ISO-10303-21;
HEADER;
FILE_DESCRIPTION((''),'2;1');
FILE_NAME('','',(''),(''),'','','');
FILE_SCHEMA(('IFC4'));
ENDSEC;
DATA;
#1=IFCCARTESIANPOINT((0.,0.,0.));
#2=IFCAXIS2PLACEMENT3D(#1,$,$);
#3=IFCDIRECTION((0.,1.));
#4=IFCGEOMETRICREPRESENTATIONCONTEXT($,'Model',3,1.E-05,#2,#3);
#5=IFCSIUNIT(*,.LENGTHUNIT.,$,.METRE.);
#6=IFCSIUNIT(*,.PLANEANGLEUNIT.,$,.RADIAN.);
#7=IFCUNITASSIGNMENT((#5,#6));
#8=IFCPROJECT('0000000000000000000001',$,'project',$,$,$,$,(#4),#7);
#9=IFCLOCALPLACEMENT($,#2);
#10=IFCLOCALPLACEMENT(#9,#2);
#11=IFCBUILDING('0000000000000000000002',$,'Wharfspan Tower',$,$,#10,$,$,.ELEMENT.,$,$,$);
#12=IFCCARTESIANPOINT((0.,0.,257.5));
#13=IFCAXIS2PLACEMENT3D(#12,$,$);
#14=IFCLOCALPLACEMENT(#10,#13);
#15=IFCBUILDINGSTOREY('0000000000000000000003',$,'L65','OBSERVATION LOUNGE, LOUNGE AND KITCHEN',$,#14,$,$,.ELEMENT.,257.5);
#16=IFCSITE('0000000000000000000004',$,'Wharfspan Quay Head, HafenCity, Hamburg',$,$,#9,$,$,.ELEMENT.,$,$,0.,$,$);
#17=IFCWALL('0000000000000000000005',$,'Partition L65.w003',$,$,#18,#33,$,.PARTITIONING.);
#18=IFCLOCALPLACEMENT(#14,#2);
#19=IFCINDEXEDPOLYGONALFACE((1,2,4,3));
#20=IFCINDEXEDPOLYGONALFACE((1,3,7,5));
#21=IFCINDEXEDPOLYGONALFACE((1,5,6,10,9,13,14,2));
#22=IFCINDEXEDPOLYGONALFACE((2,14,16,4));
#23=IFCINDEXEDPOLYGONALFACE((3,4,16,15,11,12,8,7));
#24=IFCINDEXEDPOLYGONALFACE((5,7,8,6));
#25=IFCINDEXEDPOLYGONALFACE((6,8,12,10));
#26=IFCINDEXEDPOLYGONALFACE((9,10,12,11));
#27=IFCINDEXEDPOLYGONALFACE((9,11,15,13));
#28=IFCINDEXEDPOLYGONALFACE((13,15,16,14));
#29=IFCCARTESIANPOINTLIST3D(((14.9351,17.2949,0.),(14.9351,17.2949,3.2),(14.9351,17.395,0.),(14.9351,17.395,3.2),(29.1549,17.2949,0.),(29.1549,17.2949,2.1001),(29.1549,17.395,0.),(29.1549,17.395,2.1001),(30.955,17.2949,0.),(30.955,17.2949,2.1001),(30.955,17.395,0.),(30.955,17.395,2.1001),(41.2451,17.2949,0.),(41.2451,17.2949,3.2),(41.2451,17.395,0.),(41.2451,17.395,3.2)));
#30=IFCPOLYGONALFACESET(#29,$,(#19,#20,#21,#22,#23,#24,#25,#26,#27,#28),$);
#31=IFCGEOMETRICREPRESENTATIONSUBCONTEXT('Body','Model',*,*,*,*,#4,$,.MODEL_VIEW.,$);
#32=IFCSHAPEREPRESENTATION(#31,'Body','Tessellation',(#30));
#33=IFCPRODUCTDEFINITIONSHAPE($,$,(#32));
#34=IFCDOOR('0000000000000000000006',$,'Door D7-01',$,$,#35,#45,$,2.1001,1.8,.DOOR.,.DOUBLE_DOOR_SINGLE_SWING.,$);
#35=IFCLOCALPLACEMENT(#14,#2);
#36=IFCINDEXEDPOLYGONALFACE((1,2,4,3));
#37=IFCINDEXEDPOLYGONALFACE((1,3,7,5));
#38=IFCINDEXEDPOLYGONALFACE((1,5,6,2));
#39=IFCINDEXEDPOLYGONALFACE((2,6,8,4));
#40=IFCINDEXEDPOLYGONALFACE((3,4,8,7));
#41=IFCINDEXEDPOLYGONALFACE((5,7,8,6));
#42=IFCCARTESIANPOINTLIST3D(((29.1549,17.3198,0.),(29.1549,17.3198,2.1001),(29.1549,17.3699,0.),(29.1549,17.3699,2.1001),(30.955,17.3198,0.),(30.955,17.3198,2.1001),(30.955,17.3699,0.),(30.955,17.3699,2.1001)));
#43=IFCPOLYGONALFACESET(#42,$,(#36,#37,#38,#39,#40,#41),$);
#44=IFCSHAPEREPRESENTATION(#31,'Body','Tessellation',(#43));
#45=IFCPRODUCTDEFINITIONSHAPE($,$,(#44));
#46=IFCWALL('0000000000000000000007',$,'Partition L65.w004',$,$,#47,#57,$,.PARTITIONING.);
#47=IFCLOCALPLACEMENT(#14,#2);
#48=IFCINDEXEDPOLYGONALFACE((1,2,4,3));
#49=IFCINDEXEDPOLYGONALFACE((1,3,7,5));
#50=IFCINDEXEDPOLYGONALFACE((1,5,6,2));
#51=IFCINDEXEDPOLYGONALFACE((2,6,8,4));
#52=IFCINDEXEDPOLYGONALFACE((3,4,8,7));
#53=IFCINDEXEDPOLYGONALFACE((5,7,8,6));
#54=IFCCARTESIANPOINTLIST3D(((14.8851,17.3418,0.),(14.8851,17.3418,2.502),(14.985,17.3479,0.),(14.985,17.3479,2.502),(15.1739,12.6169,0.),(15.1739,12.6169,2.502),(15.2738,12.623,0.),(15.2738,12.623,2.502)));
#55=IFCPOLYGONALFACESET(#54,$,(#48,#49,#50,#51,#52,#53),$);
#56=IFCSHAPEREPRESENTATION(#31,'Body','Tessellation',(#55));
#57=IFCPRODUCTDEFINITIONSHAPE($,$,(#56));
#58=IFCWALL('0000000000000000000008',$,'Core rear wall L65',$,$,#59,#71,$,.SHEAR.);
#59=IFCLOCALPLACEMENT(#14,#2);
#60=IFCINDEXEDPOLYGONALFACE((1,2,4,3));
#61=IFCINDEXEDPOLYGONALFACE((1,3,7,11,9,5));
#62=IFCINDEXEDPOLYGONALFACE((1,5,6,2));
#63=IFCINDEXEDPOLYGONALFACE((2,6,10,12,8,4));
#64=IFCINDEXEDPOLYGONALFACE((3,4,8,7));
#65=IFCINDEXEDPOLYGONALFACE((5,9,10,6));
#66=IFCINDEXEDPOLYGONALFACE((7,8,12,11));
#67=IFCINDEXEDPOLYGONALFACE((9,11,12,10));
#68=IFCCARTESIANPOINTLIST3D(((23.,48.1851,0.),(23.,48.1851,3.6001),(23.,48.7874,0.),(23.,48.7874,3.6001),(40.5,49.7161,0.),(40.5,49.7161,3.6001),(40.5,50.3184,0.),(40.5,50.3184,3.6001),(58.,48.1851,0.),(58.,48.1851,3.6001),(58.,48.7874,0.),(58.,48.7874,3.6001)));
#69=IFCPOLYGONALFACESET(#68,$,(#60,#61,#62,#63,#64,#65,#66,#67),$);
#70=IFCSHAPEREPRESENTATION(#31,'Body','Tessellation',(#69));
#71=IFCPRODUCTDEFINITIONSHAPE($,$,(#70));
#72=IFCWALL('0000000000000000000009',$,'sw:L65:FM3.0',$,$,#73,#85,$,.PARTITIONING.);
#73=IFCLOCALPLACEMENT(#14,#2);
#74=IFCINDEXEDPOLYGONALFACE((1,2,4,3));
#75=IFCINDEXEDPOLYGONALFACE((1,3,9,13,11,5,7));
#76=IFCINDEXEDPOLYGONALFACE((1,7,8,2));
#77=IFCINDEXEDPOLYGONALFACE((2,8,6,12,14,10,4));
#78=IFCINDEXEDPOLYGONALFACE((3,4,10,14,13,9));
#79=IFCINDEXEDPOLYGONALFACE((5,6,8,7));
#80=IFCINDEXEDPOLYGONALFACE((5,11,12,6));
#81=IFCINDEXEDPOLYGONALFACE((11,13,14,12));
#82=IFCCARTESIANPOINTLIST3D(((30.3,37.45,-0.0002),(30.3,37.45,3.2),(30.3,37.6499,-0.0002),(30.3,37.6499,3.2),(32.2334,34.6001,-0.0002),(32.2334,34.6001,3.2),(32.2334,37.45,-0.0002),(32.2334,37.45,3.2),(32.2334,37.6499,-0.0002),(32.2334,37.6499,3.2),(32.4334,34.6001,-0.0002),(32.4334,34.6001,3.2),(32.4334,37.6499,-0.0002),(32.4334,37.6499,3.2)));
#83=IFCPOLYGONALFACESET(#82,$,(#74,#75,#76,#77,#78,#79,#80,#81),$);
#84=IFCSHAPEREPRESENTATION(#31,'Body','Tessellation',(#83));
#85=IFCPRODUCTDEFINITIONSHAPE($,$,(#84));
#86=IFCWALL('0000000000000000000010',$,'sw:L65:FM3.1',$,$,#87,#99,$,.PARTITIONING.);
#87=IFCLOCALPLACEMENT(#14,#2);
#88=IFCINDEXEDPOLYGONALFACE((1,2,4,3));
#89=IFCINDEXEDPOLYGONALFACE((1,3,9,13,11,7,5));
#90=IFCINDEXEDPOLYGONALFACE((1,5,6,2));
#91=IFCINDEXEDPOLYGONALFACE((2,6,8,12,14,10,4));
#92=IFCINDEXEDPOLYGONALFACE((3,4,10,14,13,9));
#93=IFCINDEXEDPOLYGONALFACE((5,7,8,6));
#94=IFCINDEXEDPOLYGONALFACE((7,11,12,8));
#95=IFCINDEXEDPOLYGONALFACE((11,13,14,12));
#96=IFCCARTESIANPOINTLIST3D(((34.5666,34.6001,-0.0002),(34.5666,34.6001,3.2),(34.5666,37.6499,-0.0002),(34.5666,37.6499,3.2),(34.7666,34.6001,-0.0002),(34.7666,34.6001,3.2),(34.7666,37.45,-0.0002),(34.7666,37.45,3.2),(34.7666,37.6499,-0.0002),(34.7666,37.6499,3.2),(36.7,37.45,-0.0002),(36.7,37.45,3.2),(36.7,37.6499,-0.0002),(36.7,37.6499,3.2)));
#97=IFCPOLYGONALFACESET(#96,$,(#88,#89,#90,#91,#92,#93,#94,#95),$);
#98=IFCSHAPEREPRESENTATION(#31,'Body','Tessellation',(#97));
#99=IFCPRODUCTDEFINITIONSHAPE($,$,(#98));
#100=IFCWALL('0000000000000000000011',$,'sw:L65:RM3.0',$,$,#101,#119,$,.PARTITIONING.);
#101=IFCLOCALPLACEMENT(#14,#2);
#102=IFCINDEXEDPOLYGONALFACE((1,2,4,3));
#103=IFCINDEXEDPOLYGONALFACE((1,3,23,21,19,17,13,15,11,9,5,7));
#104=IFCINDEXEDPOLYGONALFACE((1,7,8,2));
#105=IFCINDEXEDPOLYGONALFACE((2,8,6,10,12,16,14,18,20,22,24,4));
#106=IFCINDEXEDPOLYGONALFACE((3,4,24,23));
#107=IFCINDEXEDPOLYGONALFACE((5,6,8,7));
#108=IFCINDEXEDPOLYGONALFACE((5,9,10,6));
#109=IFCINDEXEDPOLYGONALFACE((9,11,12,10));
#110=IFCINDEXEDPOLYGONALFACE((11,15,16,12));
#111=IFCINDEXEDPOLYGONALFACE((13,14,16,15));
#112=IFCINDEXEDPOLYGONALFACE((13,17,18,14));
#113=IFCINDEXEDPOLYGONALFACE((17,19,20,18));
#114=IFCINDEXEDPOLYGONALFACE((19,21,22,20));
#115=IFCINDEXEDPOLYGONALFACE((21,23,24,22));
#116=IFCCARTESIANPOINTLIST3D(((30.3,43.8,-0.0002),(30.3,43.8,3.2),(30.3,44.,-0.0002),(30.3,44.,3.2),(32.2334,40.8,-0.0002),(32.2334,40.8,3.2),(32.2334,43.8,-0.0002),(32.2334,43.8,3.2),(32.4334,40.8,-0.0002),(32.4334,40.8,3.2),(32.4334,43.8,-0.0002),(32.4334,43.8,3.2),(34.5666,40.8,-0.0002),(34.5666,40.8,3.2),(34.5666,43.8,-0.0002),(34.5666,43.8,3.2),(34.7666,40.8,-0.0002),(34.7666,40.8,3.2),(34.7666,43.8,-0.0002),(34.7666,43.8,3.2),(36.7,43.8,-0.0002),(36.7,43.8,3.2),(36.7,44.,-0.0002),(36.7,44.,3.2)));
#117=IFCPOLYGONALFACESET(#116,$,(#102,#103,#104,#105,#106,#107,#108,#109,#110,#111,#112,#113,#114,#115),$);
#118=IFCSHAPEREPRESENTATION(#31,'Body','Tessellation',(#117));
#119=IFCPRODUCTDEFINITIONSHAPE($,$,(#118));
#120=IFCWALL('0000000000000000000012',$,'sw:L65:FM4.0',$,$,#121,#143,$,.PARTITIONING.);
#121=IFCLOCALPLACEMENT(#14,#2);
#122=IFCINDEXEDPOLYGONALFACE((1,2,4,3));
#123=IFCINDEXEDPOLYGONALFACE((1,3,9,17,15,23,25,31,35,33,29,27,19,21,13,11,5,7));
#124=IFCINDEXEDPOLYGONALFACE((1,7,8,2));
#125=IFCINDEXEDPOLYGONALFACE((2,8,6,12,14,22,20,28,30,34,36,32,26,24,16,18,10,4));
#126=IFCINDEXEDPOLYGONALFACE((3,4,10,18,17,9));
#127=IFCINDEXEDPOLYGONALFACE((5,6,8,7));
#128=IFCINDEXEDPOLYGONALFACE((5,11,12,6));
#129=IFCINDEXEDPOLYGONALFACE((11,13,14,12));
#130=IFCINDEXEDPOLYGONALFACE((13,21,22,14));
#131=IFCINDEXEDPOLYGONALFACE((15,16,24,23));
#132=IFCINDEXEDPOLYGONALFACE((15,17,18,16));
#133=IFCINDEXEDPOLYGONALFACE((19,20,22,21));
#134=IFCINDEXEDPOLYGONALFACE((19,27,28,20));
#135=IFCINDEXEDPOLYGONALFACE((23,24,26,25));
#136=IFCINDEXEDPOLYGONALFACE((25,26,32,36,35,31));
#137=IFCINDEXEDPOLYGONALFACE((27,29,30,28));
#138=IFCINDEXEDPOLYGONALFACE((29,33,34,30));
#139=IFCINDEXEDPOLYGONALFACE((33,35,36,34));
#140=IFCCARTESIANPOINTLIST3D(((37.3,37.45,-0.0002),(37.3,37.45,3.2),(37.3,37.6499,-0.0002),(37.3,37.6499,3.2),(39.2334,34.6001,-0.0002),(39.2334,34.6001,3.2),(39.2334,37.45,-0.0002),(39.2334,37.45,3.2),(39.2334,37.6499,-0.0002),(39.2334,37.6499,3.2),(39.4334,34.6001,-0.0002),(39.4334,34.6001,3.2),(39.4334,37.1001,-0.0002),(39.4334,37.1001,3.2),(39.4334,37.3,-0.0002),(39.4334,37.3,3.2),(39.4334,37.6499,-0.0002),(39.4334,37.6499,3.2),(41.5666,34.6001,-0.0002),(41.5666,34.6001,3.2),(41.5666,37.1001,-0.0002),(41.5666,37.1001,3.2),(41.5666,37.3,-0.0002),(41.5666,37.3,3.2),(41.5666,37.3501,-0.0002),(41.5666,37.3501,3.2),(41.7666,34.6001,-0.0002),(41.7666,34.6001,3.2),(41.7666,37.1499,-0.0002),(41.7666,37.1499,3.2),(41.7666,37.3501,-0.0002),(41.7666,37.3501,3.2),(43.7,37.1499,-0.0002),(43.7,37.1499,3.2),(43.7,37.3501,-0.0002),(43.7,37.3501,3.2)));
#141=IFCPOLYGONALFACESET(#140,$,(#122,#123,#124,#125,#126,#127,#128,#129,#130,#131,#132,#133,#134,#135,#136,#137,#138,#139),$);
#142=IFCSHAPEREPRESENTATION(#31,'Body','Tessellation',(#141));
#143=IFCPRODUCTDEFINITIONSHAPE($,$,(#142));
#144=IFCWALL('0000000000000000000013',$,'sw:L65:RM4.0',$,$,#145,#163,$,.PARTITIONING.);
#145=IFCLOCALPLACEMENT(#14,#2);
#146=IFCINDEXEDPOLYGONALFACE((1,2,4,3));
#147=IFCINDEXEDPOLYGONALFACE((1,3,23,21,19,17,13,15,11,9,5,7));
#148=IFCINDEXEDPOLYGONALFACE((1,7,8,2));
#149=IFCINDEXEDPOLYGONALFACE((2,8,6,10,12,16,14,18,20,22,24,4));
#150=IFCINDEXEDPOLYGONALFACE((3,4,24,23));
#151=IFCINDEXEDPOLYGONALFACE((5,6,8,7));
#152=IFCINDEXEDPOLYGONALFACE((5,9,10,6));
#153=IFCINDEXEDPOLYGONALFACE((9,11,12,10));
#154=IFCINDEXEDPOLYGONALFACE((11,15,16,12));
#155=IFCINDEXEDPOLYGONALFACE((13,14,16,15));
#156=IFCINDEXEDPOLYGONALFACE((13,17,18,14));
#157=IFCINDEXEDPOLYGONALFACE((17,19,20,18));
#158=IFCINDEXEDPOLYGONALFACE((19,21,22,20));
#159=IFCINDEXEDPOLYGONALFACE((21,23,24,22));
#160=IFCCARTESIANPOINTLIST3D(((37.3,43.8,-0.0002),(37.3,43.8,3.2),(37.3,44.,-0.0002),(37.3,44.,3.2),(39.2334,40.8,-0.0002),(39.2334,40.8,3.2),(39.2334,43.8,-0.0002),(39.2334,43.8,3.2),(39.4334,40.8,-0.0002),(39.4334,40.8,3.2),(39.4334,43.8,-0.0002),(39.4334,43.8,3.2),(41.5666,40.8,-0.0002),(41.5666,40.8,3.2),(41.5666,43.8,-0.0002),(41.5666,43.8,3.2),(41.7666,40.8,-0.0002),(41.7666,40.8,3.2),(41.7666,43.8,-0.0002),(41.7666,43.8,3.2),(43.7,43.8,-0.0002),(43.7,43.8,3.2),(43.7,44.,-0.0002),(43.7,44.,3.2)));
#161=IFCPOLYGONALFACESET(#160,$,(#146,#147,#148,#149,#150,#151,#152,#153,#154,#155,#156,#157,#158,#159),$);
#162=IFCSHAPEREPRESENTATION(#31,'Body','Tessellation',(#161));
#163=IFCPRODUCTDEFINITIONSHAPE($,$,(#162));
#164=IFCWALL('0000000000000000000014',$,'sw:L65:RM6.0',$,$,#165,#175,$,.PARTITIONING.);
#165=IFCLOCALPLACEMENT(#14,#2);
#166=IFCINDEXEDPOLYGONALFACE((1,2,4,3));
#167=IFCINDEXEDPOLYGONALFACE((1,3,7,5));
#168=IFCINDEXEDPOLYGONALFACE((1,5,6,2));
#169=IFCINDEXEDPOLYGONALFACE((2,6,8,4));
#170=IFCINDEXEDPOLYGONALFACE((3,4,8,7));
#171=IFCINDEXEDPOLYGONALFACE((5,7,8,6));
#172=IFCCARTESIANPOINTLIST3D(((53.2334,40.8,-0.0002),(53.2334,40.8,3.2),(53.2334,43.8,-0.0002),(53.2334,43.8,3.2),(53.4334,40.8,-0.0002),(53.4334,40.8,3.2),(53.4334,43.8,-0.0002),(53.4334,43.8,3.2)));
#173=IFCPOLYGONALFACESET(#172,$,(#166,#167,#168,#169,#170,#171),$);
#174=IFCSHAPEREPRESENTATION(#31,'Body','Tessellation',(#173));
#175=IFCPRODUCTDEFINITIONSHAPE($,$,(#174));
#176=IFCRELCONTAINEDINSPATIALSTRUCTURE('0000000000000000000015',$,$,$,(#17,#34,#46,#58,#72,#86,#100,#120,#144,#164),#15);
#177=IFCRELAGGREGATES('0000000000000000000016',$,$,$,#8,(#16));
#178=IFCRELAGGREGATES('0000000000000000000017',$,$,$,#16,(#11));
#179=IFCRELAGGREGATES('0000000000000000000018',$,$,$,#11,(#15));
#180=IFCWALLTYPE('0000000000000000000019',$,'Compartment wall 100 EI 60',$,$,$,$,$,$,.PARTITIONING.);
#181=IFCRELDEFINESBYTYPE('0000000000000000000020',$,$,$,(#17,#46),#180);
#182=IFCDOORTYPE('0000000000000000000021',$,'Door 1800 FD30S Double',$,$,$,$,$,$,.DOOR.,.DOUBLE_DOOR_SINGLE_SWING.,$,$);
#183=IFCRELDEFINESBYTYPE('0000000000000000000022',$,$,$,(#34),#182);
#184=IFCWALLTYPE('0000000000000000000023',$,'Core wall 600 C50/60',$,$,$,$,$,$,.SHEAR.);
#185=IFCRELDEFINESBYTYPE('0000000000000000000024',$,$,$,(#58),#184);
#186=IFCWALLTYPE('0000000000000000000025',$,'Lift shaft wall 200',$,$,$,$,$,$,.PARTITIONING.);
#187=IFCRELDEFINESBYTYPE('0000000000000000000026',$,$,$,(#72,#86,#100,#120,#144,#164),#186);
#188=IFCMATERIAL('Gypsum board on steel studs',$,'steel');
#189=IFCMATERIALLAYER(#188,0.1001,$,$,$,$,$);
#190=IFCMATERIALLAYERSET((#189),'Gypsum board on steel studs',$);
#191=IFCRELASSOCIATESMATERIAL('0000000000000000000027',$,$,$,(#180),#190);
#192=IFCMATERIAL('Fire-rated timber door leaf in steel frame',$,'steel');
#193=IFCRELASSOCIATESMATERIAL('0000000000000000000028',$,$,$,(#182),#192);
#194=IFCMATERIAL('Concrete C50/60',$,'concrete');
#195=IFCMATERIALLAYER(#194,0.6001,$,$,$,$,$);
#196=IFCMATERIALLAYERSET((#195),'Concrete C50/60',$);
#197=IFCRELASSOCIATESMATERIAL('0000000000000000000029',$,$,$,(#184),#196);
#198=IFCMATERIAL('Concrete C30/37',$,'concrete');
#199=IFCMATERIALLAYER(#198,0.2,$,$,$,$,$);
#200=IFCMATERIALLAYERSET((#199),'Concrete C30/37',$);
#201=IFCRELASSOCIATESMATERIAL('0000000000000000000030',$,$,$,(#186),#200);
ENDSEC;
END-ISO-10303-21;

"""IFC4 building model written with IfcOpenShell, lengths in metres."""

from ifc_helpers import new_model, si_unit, direction, frame, frame_2d, origin, place, context, subcontext, project, spatial, polyline, rectangle, outline, extrude, material, layer, layer_set, type_object, element, fill, save


model = new_model("IFC4")

# Units and contexts
model_context = context("Model", 3, precision=1e-05, world=origin(), true_north=direction((0.0, 1.0)))
body_context = subcontext(model_context, "Body", "Model", "MODEL_VIEW")
ifc_project = project(units=[si_unit("LENGTHUNIT", "METRE"), si_unit("PLANEANGLEUNIT", "RADIAN")], contexts=[model_context])

# Site, building, storey
site_placement = place(None, origin())
site = spatial("IfcSite", under=ifc_project, at=site_placement, Name="Wharfspan Quay Head, HafenCity, Hamburg", CompositionType="ELEMENT", RefElevation=0.0)
building_placement = place(site_placement, origin())
building = spatial("IfcBuilding", under=site, at=building_placement, Name="Wharfspan Tower", CompositionType="ELEMENT")
storey_placement = place(building_placement, frame((0.0, 0.0, 257.5)))
storey = spatial("IfcBuildingStorey", under=building, at=storey_placement, Name="L65", Description="OBSERVATION LOUNGE, LOUNGE AND KITCHEN", CompositionType="ELEMENT", Elevation=257.5)

# Wall, opening, door
ifc_material_1 = material(Name="Gypsum board on steel studs", Category="steel")
ifc_layer_1 = layer(ifc_material_1, 0.1001)
ifc_layer_set_1 = layer_set([ifc_layer_1], Name="Gypsum board on steel studs")
wall_type_1 = type_object("IfcWallType", Name="Compartment wall 100 EI 60", PredefinedType="PARTITIONING", material=ifc_layer_set_1)
wall_1_placement = place(storey_placement, frame((14.9351, 17.345, 0.0), z_axis=(0.0, 0.0, 1.0), x_axis=(1.0, 0.0, 0.0)))
wall_1 = element("IfcWall", 1, at=wall_1_placement, inside=storey, type_object=wall_type_1, Name="Partition L65.w003", PredefinedType="PARTITIONING", context=body_context, shape_type="SweptSolid", body=[
    extrude(rectangle(XDim=26.3101, YDim=0.1001, at=frame_2d((13.155, 0.0))), origin(), (0.0, 0.0, 1.0), 3.2),
])
opening_placement = place(wall_1_placement, frame((14.22, 0.0, 0.0)))
opening = element("IfcOpeningElement", 2, at=opening_placement, cuts=wall_1, PredefinedType="OPENING", context=body_context, shape_type="SweptSolid", body=[
    extrude(rectangle(XDim=1.8, YDim=2.1001, at=frame_2d((0.8999, 1.05))), frame((0.0, 0.0601, 0.0), z_axis=(0.0, -1.0, 0.0), x_axis=(1.0, 0.0, 0.0)), (0.0, 0.0, 1.0), 0.1201),
])
ifc_material_2 = material(Name="Fire-rated timber door leaf in steel frame", Category="steel")
door_type = type_object("IfcDoorType", Name="Door 1800 FD30S Double", OperationType="DOUBLE_DOOR_SINGLE_SWING", PredefinedType="DOOR", material=ifc_material_2)
door_placement = place(opening_placement, origin())
door = element("IfcDoor", 3, at=door_placement, inside=storey, type_object=door_type, Name="Door D7-01", OperationType="DOUBLE_DOOR_SINGLE_SWING", OverallHeight=2.1001, OverallWidth=1.8, PredefinedType="DOOR", context=body_context, shape_type="SweptSolid", body=[
    extrude(rectangle(XDim=1.8, YDim=2.1001, at=frame_2d((0.8999, 1.05))), frame((0.0, 0.0249, 0.0), z_axis=(0.0, -1.0, 0.0), x_axis=(1.0, 0.0, 0.0)), (0.0, 0.0, 1.0), 0.05),
])
fill(opening, door)

# Walls
wall_2_placement = place(storey_placement, frame((15.2239, 12.6201, 0.0), z_axis=(0.0, 0.0, 1.0), x_axis=(-0.061014, 0.998141, 0.0)))
element("IfcWall", 4, at=wall_2_placement, inside=storey, type_object=wall_type_1, Name="Partition L65.w004", PredefinedType="PARTITIONING", context=body_context, shape_type="SweptSolid", body=[
    extrude(rectangle(XDim=4.7336, YDim=0.1001, at=frame_2d((2.3667, 0.0))), origin(), (0.0, 0.0, 1.0), 2.502),
])
ifc_material_3 = material(Name="Concrete C50/60", Category="concrete")
ifc_layer_2 = layer(ifc_material_3, 0.6001)
ifc_layer_set_2 = layer_set([ifc_layer_2], Name="Concrete C50/60")
wall_type_2 = type_object("IfcWallType", Name="Core wall 600 C50/60", PredefinedType="SHEAR", material=ifc_layer_set_2)
wall_3_placement = place(storey_placement, origin())
element("IfcWall", 5, at=wall_3_placement, inside=storey, type_object=wall_type_2, Name="Core rear wall L65", PredefinedType="SHEAR", context=body_context, shape_type="SweptSolid", body=[
    extrude(outline(polyline([(23.0, 48.1851), (40.5, 49.7161), (58.0, 48.1851), (58.0, 48.7874), (40.5, 50.3184), (23.0, 48.7874), (23.0, 48.1851)])), origin(), (0.0, 0.0, 1.0), 3.6001),
])
ifc_material_4 = material(Name="Concrete C30/37", Category="concrete")
ifc_layer_3 = layer(ifc_material_4, 0.2)
ifc_layer_set_3 = layer_set([ifc_layer_3], Name="Concrete C30/37")
wall_type_3 = type_object("IfcWallType", Name="Lift shaft wall 200", PredefinedType="PARTITIONING", material=ifc_layer_set_3)
wall_4_placement = place(storey_placement, frame((0.0, 0.0, -0.0002)))
element("IfcWall", 6, at=wall_4_placement, inside=storey, type_object=wall_type_3, Name="sw:L65:FM3.0", PredefinedType="PARTITIONING", context=body_context, shape_type="SweptSolid", body=[
    extrude(outline(polyline([(32.2334, 37.45), (30.3, 37.45), (30.3, 37.6499), (32.2334, 37.6499), (32.4333, 37.6499), (32.4333, 34.6001), (32.2334, 34.6001), (32.2334, 37.45)])), origin(), (0.0, 0.0, 1.0), 3.2002),
])
wall_5_placement = place(storey_placement, frame((0.0, 0.0, -0.0002)))
element("IfcWall", 7, at=wall_5_placement, inside=storey, type_object=wall_type_3, Name="sw:L65:FM3.1", PredefinedType="PARTITIONING", context=body_context, shape_type="SweptSolid", body=[
    extrude(outline(polyline([(34.5667, 37.6499), (34.7666, 37.6499), (36.7, 37.6499), (36.7, 37.45), (34.7666, 37.45), (34.7666, 34.6001), (34.5667, 34.6001), (34.5667, 37.6499)])), origin(), (0.0, 0.0, 1.0), 3.2002),
])
wall_6_placement = place(storey_placement, frame((0.0, 0.0, -0.0002)))
element("IfcWall", 8, at=wall_6_placement, inside=storey, type_object=wall_type_3, Name="sw:L65:RM3.0", PredefinedType="PARTITIONING", context=body_context, shape_type="SweptSolid", body=[
    extrude(outline(polyline([(32.4333, 40.8), (32.2334, 40.8), (32.2334, 43.8), (30.3, 43.8), (30.3, 44.0), (36.7, 44.0), (36.7, 43.8), (34.7666, 43.8), (34.7666, 40.8), (34.5667, 40.8), (34.5667, 43.8), (32.4333, 43.8), (32.4333, 40.8)])), origin(), (0.0, 0.0, 1.0), 3.2002),
])
wall_7_placement = place(storey_placement, frame((0.0, 0.0, -0.0002)))
element("IfcWall", 9, at=wall_7_placement, inside=storey, type_object=wall_type_3, Name="sw:L65:FM4.0", PredefinedType="PARTITIONING", context=body_context, shape_type="SweptSolid", body=[
    extrude(outline(polyline([(41.5667, 37.1001), (39.4333, 37.1001), (39.4333, 34.6001), (39.2334, 34.6001), (39.2334, 37.45), (37.3, 37.45), (37.3, 37.6499), (39.2334, 37.6499), (39.4333, 37.6499), (39.4333, 37.3), (41.5667, 37.3), (41.5667, 37.3501), (41.7666, 37.3501), (43.7, 37.3501), (43.7, 37.1499), (41.7666, 37.1499), (41.7666, 34.6001), (41.5667, 34.6001), (41.5667, 37.1001)])), origin(), (0.0, 0.0, 1.0), 3.2002),
])
wall_8_placement = place(storey_placement, frame((0.0, 0.0, -0.0002)))
element("IfcWall", 10, at=wall_8_placement, inside=storey, type_object=wall_type_3, Name="sw:L65:RM4.0", PredefinedType="PARTITIONING", context=body_context, shape_type="SweptSolid", body=[
    extrude(outline(polyline([(39.4333, 40.8), (39.2334, 40.8), (39.2334, 43.8), (37.3, 43.8), (37.3, 44.0), (43.7, 44.0), (43.7, 43.8), (41.7666, 43.8), (41.7666, 40.8), (41.5667, 40.8), (41.5667, 43.8), (39.4333, 43.8), (39.4333, 40.8)])), origin(), (0.0, 0.0, 1.0), 3.2002),
])
wall_9_placement = place(storey_placement, frame((0.0, 0.0, -0.0002)))
element("IfcWall", 11, at=wall_9_placement, inside=storey, type_object=wall_type_3, Name="sw:L65:RM6.0", PredefinedType="PARTITIONING", context=body_context, shape_type="SweptSolid", body=[
    extrude(outline(polyline([(53.4333, 40.8), (53.4333, 43.8), (53.2334, 43.8), (53.2334, 40.8), (53.4333, 40.8)])), origin(), (0.0, 0.0, 1.0), 3.2002),
])

save(model, "model.ifc")
